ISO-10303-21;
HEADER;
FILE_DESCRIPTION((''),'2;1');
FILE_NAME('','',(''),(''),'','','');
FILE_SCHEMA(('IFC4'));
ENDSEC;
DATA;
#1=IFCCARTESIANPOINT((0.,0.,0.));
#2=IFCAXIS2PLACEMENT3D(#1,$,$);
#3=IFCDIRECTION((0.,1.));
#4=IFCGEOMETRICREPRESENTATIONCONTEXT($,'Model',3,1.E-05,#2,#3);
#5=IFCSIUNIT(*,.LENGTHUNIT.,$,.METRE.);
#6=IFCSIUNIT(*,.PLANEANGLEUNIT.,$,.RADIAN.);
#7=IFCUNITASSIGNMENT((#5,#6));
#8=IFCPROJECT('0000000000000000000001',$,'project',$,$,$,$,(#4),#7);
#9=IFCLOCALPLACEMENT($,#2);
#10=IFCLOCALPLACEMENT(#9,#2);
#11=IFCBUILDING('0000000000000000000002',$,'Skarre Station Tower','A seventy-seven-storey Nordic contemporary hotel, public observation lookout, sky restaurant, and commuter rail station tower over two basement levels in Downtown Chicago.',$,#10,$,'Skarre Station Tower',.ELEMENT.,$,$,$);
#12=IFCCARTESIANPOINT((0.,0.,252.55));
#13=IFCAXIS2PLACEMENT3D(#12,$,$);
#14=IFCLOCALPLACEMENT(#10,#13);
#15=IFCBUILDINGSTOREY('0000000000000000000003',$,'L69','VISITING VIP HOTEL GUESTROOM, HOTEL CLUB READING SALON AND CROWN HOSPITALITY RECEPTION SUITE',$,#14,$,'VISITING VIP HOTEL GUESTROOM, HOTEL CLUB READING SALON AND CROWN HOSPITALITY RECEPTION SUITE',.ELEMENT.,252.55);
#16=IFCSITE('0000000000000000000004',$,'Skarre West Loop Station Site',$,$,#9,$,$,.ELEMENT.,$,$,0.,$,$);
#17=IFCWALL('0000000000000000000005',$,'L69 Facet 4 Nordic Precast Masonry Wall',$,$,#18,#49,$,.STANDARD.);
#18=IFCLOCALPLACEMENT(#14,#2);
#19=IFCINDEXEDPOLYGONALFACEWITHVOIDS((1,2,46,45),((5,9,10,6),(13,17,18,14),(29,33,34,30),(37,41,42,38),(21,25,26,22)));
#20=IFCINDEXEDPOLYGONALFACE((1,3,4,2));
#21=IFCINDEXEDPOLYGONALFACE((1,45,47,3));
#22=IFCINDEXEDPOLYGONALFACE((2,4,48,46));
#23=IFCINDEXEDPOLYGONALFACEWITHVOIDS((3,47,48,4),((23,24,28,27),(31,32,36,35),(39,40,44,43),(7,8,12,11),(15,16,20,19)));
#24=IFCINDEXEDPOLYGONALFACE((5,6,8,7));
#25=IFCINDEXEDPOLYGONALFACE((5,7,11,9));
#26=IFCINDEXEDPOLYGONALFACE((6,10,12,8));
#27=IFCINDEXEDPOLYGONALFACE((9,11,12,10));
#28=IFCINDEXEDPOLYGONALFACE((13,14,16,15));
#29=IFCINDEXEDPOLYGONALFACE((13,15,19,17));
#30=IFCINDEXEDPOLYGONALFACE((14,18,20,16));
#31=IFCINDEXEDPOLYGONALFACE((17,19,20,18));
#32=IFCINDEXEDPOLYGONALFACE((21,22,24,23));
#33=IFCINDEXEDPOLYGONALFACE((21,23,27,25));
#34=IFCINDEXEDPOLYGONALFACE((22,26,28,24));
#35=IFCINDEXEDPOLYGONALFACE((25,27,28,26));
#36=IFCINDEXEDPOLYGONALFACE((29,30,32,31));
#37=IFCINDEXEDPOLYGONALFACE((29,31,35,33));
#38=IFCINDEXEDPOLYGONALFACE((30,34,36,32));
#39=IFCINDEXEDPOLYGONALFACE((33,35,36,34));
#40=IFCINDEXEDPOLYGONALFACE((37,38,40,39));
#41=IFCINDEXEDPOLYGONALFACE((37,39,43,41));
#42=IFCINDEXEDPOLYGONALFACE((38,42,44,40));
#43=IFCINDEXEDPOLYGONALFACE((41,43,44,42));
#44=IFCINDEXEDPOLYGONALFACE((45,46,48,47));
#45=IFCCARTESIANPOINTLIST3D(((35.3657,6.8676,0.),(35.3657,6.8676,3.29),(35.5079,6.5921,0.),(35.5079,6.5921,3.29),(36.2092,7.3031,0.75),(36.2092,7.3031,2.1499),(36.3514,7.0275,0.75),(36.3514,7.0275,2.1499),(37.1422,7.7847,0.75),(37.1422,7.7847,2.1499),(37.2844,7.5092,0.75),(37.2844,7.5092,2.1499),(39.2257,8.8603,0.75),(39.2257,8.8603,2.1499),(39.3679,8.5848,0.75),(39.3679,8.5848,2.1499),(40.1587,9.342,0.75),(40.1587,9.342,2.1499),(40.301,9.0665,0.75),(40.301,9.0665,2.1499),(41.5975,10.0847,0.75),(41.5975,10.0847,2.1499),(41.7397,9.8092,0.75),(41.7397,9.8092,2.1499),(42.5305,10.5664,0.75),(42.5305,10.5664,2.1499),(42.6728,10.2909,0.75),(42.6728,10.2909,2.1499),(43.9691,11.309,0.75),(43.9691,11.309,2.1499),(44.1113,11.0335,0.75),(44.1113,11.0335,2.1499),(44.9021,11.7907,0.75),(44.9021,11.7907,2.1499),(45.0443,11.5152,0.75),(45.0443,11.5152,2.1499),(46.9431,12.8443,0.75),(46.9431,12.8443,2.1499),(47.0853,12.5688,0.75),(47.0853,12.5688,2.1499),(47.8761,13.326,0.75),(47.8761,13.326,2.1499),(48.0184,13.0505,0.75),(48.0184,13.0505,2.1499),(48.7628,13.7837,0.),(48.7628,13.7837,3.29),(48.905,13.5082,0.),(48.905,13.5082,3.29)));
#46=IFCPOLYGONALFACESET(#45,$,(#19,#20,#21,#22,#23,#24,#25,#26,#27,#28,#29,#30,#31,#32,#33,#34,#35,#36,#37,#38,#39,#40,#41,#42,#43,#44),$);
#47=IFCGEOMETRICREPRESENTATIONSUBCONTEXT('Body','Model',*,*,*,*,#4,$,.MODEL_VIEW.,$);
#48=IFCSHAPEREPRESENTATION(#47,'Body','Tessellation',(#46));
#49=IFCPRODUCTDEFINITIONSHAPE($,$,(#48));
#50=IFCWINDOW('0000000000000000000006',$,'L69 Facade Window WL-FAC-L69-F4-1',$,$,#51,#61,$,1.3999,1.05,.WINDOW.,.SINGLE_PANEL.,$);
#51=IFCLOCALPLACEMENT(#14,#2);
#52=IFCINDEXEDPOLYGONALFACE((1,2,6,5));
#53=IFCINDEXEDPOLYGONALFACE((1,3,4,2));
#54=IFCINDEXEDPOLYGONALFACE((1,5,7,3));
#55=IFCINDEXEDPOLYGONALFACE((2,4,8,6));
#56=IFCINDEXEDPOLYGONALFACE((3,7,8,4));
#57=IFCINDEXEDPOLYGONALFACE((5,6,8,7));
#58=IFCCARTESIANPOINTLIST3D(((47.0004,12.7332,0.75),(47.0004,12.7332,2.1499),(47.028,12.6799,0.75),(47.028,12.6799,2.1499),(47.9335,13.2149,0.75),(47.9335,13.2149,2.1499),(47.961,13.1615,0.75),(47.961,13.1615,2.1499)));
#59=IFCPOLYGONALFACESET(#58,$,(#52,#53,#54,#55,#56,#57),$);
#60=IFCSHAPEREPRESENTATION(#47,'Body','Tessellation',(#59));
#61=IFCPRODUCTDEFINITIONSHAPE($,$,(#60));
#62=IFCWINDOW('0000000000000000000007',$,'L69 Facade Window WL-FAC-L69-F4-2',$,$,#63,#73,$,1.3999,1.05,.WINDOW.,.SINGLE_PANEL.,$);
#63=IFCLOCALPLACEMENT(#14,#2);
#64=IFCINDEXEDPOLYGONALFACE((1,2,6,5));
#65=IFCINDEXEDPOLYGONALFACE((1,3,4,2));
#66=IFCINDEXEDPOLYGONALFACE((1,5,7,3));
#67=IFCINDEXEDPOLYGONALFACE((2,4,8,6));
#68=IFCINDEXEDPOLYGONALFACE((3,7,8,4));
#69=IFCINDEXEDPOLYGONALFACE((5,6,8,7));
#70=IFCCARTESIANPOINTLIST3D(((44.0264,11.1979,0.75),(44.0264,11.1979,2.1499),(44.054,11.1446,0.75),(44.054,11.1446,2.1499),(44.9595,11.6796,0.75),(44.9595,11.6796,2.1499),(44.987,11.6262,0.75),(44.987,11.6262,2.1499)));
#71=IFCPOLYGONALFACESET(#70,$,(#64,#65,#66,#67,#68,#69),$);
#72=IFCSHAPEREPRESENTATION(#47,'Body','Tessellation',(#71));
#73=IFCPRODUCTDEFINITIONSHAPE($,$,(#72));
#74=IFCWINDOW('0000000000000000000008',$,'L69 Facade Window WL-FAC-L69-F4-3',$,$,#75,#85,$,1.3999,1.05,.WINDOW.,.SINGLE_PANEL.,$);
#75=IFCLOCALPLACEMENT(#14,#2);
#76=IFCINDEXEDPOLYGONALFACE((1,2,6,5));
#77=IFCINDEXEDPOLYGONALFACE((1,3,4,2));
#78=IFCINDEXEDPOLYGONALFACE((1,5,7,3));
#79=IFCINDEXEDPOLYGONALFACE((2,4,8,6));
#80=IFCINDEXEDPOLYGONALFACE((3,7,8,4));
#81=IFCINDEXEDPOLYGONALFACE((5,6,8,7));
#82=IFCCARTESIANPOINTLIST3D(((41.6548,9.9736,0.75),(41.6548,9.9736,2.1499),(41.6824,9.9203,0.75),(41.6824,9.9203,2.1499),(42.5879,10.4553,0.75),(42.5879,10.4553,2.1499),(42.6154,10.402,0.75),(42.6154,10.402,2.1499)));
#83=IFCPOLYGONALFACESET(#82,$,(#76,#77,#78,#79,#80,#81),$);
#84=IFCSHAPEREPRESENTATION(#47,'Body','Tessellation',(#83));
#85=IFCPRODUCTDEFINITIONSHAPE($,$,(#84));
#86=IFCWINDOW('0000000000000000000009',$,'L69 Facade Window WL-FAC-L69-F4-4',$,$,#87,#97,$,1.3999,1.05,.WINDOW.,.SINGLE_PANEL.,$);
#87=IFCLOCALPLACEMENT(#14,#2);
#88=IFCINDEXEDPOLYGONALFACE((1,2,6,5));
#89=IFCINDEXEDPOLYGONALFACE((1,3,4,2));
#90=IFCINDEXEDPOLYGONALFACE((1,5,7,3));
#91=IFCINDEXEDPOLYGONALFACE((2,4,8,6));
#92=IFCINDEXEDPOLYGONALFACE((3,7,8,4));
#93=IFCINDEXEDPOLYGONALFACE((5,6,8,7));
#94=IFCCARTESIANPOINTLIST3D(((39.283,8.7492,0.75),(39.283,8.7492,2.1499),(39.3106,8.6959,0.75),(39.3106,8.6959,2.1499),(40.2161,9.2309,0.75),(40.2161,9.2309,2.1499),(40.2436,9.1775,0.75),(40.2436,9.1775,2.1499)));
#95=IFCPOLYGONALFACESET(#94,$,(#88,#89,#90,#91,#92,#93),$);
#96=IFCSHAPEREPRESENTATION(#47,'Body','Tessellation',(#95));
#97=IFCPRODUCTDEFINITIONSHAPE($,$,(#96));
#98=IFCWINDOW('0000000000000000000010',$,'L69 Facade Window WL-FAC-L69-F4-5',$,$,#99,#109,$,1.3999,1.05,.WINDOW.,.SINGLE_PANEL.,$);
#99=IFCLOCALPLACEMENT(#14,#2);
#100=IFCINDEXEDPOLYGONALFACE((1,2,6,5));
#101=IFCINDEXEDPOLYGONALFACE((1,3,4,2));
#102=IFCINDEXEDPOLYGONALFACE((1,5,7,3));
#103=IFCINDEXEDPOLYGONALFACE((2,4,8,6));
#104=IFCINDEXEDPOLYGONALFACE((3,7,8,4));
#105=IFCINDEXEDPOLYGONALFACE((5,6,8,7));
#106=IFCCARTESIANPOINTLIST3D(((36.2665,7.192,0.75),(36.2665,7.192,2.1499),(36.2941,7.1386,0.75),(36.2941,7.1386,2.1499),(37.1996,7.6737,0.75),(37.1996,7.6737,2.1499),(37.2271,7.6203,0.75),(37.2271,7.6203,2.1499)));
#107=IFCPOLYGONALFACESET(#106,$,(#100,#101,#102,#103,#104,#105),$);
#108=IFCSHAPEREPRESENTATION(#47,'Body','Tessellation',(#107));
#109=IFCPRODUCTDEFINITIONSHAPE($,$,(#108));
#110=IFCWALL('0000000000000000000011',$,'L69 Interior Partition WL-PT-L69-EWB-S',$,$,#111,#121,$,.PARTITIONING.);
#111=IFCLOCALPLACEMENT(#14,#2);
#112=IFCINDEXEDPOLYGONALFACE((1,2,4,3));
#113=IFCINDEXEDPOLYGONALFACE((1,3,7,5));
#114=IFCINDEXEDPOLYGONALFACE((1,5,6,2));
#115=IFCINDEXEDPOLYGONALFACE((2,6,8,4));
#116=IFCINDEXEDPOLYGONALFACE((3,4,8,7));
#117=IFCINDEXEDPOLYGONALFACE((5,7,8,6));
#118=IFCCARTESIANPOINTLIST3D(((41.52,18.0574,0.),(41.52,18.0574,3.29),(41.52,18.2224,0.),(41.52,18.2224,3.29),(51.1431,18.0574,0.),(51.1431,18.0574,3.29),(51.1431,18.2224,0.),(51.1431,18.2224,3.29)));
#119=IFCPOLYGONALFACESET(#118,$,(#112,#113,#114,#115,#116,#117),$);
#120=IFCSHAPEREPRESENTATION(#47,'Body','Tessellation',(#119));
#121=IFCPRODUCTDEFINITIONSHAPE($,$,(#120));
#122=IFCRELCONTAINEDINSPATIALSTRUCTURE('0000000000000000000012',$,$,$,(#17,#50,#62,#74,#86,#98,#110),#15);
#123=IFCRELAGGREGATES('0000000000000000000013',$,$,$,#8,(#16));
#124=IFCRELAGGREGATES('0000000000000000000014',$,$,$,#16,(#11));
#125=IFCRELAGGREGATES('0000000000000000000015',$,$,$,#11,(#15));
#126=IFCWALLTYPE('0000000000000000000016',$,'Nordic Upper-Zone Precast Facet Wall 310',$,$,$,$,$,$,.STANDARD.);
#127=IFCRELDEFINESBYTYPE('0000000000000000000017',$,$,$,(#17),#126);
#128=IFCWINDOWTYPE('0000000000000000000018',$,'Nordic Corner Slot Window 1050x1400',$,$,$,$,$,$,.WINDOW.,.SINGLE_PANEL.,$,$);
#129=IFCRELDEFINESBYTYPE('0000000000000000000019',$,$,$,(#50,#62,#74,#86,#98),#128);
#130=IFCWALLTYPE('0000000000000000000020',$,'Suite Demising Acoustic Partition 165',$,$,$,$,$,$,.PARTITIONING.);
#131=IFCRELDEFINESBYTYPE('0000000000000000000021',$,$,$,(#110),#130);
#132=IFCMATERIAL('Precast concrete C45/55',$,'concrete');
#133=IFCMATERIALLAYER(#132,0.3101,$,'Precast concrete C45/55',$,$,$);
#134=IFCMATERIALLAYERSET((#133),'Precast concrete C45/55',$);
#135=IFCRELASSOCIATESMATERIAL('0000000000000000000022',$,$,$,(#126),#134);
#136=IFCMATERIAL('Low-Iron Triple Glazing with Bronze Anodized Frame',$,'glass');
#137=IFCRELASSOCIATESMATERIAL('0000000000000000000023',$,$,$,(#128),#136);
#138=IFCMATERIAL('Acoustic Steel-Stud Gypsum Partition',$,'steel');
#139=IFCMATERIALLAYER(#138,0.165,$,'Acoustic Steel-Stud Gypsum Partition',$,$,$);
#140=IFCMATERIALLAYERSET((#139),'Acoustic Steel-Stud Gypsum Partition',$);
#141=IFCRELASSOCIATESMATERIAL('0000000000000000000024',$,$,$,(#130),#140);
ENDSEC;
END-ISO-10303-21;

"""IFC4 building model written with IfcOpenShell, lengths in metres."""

from ifc_helpers import new_model, si_unit, direction, frame, frame_2d, origin, place, context, subcontext, project, spatial, rectangle, extrude, material, layer, layer_set, type_object, element, fill, save


model = new_model("IFC4")

# Units and contexts
model_context = context("Model", 3, precision=1e-05, world=origin(), true_north=direction((0.0, 1.0)))
body_context = subcontext(model_context, "Body", "Model", "MODEL_VIEW")
ifc_project = project(units=[si_unit("LENGTHUNIT", "METRE"), si_unit("PLANEANGLEUNIT", "RADIAN")], contexts=[model_context])

# Site, building, storey
site_placement = place(None, origin())
site = spatial("IfcSite", under=ifc_project, at=site_placement, Name="Skarre West Loop Station Site", CompositionType="ELEMENT", RefElevation=0.0)
building_placement = place(site_placement, origin())
building = spatial("IfcBuilding", under=site, at=building_placement, Name="Skarre Station Tower", Description="A seventy-seven-storey Nordic contemporary hotel, public observation lookout, sky restaurant, and commuter rail station tower over two basement levels in Downtown Chicago.", LongName="Skarre Station Tower", CompositionType="ELEMENT")
storey_placement = place(building_placement, frame((0.0, 0.0, 252.55)))
storey = spatial("IfcBuildingStorey", under=building, at=storey_placement, Name="L69", Description="VISITING VIP HOTEL GUESTROOM, HOTEL CLUB READING SALON AND CROWN HOSPITALITY RECEPTION SUITE", LongName="VISITING VIP HOTEL GUESTROOM, HOTEL CLUB READING SALON AND CROWN HOSPITALITY RECEPTION SUITE", CompositionType="ELEMENT", Elevation=252.55)

# Shared definitions
ifc_material_1 = material(Name="Acoustic Steel-Stud Gypsum Partition", Category="steel")

# Shared definitions
ifc_material_2 = material(Name="Precast concrete C45/55", Category="concrete")

# Wall, openings, windows
ifc_layer_1 = layer(ifc_material_2, 0.3101, Name="Precast concrete C45/55")
ifc_layer_set_1 = layer_set([ifc_layer_1], Name="Precast concrete C45/55")
wall_type_1 = type_object("IfcWallType", Name="Nordic Upper-Zone Precast Facet Wall 310", PredefinedType="STANDARD", material=ifc_layer_set_1)
wall_1_placement = place(storey_placement, frame((48.834, 13.646, 0.0), z_axis=(0.0, 0.0, 1.0), x_axis=(-0.888581, -0.458719, 0.0)))
wall_1 = element("IfcWall", 1, at=wall_1_placement, inside=storey, type_object=wall_type_1, Name="L69 Facet 4 Nordic Precast Masonry Wall", PredefinedType="STANDARD", context=body_context, shape_type="SweptSolid", body=[
    extrude(rectangle(XDim=15.0769, YDim=0.3101, at=frame_2d((7.5386, 0.0))), origin(), (0.0, 0.0, 1.0), 3.29),
])
opening_1_placement = place(wall_1_placement, frame((0.998, 0.0, 0.75)))
opening_1 = element("IfcOpeningElement", 2, at=opening_1_placement, cuts=wall_1, PredefinedType="OPENING", context=body_context, shape_type="SweptSolid", body=[
    extrude(rectangle(XDim=1.05, YDim=1.3999, at=frame_2d((0.5249, 0.7))), frame((0.0, 0.165, 0.0), z_axis=(0.0, -1.0, 0.0), x_axis=(1.0, 0.0, 0.0)), (0.0, 0.0, 1.0), 0.3301),
])
opening_2_placement = place(wall_1_placement, frame((4.345, 0.0, 0.75)))
opening_2 = element("IfcOpeningElement", 3, at=opening_2_placement, cuts=wall_1, PredefinedType="OPENING", context=body_context, shape_type="SweptSolid", body=[
    extrude(rectangle(XDim=1.05, YDim=1.3999, at=frame_2d((0.5249, 0.7))), frame((0.0, 0.165, 0.0), z_axis=(0.0, -1.0, 0.0), x_axis=(1.0, 0.0, 0.0)), (0.0, 0.0, 1.0), 0.3301),
])
opening_3_placement = place(wall_1_placement, frame((7.0139, 0.0, 0.75)))
opening_3 = element("IfcOpeningElement", 4, at=opening_3_placement, cuts=wall_1, PredefinedType="OPENING", context=body_context, shape_type="SweptSolid", body=[
    extrude(rectangle(XDim=1.05, YDim=1.3999, at=frame_2d((0.5249, 0.7))), frame((0.0, 0.165, 0.0), z_axis=(0.0, -1.0, 0.0), x_axis=(1.0, 0.0, 0.0)), (0.0, 0.0, 1.0), 0.3301),
])
opening_4_placement = place(wall_1_placement, frame((9.6831, 0.0, 0.75)))
opening_4 = element("IfcOpeningElement", 5, at=opening_4_placement, cuts=wall_1, PredefinedType="OPENING", context=body_context, shape_type="SweptSolid", body=[
    extrude(rectangle(XDim=1.05, YDim=1.3999, at=frame_2d((0.5249, 0.7))), frame((0.0, 0.165, 0.0), z_axis=(0.0, -1.0, 0.0), x_axis=(1.0, 0.0, 0.0)), (0.0, 0.0, 1.0), 0.3301),
])
opening_5_placement = place(wall_1_placement, frame((13.0779, 0.0, 0.75)))
opening_5 = element("IfcOpeningElement", 6, at=opening_5_placement, cuts=wall_1, PredefinedType="OPENING", context=body_context, shape_type="SweptSolid", body=[
    extrude(rectangle(XDim=1.05, YDim=1.3999, at=frame_2d((0.5249, 0.7))), frame((0.0, 0.165, 0.0), z_axis=(0.0, -1.0, 0.0), x_axis=(1.0, 0.0, 0.0)), (0.0, 0.0, 1.0), 0.3301),
])
ifc_material_3 = material(Name="Low-Iron Triple Glazing with Bronze Anodized Frame", Category="glass")
window_type = type_object("IfcWindowType", Name="Nordic Corner Slot Window 1050x1400", PartitioningType="SINGLE_PANEL", PredefinedType="WINDOW", material=ifc_material_3)
window_1_placement = place(opening_1_placement, origin())
window_1 = element("IfcWindow", 7, at=window_1_placement, inside=storey, type_object=window_type, Name="L69 Facade Window WL-FAC-L69-F4-1", OverallHeight=1.3999, OverallWidth=1.05, PartitioningType="SINGLE_PANEL", PredefinedType="WINDOW", context=body_context, shape_type="SweptSolid", body=[
    extrude(rectangle(XDim=1.05, YDim=1.3999, at=frame_2d((0.5249, 0.7))), frame((0.0, 0.03, 0.0), z_axis=(0.0, -1.0, 0.0), x_axis=(1.0, 0.0, 0.0)), (0.0, 0.0, 1.0), 0.0601),
])
fill(opening_1, window_1)
window_2_placement = place(opening_2_placement, origin())
window_2 = element("IfcWindow", 8, at=window_2_placement, inside=storey, type_object=window_type, Name="L69 Facade Window WL-FAC-L69-F4-2", OverallHeight=1.3999, OverallWidth=1.05, PartitioningType="SINGLE_PANEL", PredefinedType="WINDOW", context=body_context, shape_type="SweptSolid", body=[
    extrude(rectangle(XDim=1.05, YDim=1.3999, at=frame_2d((0.5249, 0.7))), frame((0.0, 0.03, 0.0), z_axis=(0.0, -1.0, 0.0), x_axis=(1.0, 0.0, 0.0)), (0.0, 0.0, 1.0), 0.0601),
])
fill(opening_2, window_2)
window_3_placement = place(opening_3_placement, origin())
window_3 = element("IfcWindow", 9, at=window_3_placement, inside=storey, type_object=window_type, Name="L69 Facade Window WL-FAC-L69-F4-3", OverallHeight=1.3999, OverallWidth=1.05, PartitioningType="SINGLE_PANEL", PredefinedType="WINDOW", context=body_context, shape_type="SweptSolid", body=[
    extrude(rectangle(XDim=1.05, YDim=1.3999, at=frame_2d((0.5249, 0.7))), frame((0.0, 0.03, 0.0), z_axis=(0.0, -1.0, 0.0), x_axis=(1.0, 0.0, 0.0)), (0.0, 0.0, 1.0), 0.0601),
])
fill(opening_3, window_3)
window_4_placement = place(opening_4_placement, origin())
window_4 = element("IfcWindow", 10, at=window_4_placement, inside=storey, type_object=window_type, Name="L69 Facade Window WL-FAC-L69-F4-4", OverallHeight=1.3999, OverallWidth=1.05, PartitioningType="SINGLE_PANEL", PredefinedType="WINDOW", context=body_context, shape_type="SweptSolid", body=[
    extrude(rectangle(XDim=1.05, YDim=1.3999, at=frame_2d((0.5249, 0.7))), frame((0.0, 0.03, 0.0), z_axis=(0.0, -1.0, 0.0), x_axis=(1.0, 0.0, 0.0)), (0.0, 0.0, 1.0), 0.0601),
])
fill(opening_4, window_4)
window_5_placement = place(opening_5_placement, origin())
window_5 = element("IfcWindow", 11, at=window_5_placement, inside=storey, type_object=window_type, Name="L69 Facade Window WL-FAC-L69-F4-5", OverallHeight=1.3999, OverallWidth=1.05, PartitioningType="SINGLE_PANEL", PredefinedType="WINDOW", context=body_context, shape_type="SweptSolid", body=[
    extrude(rectangle(XDim=1.05, YDim=1.3999, at=frame_2d((0.5249, 0.7))), frame((0.0, 0.03, 0.0), z_axis=(0.0, -1.0, 0.0), x_axis=(1.0, 0.0, 0.0)), (0.0, 0.0, 1.0), 0.0601),
])
fill(opening_5, window_5)

# Wall
ifc_layer_2 = layer(ifc_material_1, 0.165, Name="Acoustic Steel-Stud Gypsum Partition")
ifc_layer_set_2 = layer_set([ifc_layer_2], Name="Acoustic Steel-Stud Gypsum Partition")
wall_type_2 = type_object("IfcWallType", Name="Suite Demising Acoustic Partition 165", PredefinedType="PARTITIONING", material=ifc_layer_set_2)
wall_2_placement = place(storey_placement, frame((41.52, 18.1399, 0.0), z_axis=(0.0, 0.0, 1.0), x_axis=(1.0, 0.0, 0.0)))
element("IfcWall", 12, at=wall_2_placement, inside=storey, type_object=wall_type_2, Name="L69 Interior Partition WL-PT-L69-EWB-S", PredefinedType="PARTITIONING", context=body_context, shape_type="SweptSolid", body=[
    extrude(rectangle(XDim=9.623, YDim=0.165, at=frame_2d((4.8115, 0.0))), origin(), (0.0, 0.0, 1.0), 3.29),
])

save(model, "model.ifc")
